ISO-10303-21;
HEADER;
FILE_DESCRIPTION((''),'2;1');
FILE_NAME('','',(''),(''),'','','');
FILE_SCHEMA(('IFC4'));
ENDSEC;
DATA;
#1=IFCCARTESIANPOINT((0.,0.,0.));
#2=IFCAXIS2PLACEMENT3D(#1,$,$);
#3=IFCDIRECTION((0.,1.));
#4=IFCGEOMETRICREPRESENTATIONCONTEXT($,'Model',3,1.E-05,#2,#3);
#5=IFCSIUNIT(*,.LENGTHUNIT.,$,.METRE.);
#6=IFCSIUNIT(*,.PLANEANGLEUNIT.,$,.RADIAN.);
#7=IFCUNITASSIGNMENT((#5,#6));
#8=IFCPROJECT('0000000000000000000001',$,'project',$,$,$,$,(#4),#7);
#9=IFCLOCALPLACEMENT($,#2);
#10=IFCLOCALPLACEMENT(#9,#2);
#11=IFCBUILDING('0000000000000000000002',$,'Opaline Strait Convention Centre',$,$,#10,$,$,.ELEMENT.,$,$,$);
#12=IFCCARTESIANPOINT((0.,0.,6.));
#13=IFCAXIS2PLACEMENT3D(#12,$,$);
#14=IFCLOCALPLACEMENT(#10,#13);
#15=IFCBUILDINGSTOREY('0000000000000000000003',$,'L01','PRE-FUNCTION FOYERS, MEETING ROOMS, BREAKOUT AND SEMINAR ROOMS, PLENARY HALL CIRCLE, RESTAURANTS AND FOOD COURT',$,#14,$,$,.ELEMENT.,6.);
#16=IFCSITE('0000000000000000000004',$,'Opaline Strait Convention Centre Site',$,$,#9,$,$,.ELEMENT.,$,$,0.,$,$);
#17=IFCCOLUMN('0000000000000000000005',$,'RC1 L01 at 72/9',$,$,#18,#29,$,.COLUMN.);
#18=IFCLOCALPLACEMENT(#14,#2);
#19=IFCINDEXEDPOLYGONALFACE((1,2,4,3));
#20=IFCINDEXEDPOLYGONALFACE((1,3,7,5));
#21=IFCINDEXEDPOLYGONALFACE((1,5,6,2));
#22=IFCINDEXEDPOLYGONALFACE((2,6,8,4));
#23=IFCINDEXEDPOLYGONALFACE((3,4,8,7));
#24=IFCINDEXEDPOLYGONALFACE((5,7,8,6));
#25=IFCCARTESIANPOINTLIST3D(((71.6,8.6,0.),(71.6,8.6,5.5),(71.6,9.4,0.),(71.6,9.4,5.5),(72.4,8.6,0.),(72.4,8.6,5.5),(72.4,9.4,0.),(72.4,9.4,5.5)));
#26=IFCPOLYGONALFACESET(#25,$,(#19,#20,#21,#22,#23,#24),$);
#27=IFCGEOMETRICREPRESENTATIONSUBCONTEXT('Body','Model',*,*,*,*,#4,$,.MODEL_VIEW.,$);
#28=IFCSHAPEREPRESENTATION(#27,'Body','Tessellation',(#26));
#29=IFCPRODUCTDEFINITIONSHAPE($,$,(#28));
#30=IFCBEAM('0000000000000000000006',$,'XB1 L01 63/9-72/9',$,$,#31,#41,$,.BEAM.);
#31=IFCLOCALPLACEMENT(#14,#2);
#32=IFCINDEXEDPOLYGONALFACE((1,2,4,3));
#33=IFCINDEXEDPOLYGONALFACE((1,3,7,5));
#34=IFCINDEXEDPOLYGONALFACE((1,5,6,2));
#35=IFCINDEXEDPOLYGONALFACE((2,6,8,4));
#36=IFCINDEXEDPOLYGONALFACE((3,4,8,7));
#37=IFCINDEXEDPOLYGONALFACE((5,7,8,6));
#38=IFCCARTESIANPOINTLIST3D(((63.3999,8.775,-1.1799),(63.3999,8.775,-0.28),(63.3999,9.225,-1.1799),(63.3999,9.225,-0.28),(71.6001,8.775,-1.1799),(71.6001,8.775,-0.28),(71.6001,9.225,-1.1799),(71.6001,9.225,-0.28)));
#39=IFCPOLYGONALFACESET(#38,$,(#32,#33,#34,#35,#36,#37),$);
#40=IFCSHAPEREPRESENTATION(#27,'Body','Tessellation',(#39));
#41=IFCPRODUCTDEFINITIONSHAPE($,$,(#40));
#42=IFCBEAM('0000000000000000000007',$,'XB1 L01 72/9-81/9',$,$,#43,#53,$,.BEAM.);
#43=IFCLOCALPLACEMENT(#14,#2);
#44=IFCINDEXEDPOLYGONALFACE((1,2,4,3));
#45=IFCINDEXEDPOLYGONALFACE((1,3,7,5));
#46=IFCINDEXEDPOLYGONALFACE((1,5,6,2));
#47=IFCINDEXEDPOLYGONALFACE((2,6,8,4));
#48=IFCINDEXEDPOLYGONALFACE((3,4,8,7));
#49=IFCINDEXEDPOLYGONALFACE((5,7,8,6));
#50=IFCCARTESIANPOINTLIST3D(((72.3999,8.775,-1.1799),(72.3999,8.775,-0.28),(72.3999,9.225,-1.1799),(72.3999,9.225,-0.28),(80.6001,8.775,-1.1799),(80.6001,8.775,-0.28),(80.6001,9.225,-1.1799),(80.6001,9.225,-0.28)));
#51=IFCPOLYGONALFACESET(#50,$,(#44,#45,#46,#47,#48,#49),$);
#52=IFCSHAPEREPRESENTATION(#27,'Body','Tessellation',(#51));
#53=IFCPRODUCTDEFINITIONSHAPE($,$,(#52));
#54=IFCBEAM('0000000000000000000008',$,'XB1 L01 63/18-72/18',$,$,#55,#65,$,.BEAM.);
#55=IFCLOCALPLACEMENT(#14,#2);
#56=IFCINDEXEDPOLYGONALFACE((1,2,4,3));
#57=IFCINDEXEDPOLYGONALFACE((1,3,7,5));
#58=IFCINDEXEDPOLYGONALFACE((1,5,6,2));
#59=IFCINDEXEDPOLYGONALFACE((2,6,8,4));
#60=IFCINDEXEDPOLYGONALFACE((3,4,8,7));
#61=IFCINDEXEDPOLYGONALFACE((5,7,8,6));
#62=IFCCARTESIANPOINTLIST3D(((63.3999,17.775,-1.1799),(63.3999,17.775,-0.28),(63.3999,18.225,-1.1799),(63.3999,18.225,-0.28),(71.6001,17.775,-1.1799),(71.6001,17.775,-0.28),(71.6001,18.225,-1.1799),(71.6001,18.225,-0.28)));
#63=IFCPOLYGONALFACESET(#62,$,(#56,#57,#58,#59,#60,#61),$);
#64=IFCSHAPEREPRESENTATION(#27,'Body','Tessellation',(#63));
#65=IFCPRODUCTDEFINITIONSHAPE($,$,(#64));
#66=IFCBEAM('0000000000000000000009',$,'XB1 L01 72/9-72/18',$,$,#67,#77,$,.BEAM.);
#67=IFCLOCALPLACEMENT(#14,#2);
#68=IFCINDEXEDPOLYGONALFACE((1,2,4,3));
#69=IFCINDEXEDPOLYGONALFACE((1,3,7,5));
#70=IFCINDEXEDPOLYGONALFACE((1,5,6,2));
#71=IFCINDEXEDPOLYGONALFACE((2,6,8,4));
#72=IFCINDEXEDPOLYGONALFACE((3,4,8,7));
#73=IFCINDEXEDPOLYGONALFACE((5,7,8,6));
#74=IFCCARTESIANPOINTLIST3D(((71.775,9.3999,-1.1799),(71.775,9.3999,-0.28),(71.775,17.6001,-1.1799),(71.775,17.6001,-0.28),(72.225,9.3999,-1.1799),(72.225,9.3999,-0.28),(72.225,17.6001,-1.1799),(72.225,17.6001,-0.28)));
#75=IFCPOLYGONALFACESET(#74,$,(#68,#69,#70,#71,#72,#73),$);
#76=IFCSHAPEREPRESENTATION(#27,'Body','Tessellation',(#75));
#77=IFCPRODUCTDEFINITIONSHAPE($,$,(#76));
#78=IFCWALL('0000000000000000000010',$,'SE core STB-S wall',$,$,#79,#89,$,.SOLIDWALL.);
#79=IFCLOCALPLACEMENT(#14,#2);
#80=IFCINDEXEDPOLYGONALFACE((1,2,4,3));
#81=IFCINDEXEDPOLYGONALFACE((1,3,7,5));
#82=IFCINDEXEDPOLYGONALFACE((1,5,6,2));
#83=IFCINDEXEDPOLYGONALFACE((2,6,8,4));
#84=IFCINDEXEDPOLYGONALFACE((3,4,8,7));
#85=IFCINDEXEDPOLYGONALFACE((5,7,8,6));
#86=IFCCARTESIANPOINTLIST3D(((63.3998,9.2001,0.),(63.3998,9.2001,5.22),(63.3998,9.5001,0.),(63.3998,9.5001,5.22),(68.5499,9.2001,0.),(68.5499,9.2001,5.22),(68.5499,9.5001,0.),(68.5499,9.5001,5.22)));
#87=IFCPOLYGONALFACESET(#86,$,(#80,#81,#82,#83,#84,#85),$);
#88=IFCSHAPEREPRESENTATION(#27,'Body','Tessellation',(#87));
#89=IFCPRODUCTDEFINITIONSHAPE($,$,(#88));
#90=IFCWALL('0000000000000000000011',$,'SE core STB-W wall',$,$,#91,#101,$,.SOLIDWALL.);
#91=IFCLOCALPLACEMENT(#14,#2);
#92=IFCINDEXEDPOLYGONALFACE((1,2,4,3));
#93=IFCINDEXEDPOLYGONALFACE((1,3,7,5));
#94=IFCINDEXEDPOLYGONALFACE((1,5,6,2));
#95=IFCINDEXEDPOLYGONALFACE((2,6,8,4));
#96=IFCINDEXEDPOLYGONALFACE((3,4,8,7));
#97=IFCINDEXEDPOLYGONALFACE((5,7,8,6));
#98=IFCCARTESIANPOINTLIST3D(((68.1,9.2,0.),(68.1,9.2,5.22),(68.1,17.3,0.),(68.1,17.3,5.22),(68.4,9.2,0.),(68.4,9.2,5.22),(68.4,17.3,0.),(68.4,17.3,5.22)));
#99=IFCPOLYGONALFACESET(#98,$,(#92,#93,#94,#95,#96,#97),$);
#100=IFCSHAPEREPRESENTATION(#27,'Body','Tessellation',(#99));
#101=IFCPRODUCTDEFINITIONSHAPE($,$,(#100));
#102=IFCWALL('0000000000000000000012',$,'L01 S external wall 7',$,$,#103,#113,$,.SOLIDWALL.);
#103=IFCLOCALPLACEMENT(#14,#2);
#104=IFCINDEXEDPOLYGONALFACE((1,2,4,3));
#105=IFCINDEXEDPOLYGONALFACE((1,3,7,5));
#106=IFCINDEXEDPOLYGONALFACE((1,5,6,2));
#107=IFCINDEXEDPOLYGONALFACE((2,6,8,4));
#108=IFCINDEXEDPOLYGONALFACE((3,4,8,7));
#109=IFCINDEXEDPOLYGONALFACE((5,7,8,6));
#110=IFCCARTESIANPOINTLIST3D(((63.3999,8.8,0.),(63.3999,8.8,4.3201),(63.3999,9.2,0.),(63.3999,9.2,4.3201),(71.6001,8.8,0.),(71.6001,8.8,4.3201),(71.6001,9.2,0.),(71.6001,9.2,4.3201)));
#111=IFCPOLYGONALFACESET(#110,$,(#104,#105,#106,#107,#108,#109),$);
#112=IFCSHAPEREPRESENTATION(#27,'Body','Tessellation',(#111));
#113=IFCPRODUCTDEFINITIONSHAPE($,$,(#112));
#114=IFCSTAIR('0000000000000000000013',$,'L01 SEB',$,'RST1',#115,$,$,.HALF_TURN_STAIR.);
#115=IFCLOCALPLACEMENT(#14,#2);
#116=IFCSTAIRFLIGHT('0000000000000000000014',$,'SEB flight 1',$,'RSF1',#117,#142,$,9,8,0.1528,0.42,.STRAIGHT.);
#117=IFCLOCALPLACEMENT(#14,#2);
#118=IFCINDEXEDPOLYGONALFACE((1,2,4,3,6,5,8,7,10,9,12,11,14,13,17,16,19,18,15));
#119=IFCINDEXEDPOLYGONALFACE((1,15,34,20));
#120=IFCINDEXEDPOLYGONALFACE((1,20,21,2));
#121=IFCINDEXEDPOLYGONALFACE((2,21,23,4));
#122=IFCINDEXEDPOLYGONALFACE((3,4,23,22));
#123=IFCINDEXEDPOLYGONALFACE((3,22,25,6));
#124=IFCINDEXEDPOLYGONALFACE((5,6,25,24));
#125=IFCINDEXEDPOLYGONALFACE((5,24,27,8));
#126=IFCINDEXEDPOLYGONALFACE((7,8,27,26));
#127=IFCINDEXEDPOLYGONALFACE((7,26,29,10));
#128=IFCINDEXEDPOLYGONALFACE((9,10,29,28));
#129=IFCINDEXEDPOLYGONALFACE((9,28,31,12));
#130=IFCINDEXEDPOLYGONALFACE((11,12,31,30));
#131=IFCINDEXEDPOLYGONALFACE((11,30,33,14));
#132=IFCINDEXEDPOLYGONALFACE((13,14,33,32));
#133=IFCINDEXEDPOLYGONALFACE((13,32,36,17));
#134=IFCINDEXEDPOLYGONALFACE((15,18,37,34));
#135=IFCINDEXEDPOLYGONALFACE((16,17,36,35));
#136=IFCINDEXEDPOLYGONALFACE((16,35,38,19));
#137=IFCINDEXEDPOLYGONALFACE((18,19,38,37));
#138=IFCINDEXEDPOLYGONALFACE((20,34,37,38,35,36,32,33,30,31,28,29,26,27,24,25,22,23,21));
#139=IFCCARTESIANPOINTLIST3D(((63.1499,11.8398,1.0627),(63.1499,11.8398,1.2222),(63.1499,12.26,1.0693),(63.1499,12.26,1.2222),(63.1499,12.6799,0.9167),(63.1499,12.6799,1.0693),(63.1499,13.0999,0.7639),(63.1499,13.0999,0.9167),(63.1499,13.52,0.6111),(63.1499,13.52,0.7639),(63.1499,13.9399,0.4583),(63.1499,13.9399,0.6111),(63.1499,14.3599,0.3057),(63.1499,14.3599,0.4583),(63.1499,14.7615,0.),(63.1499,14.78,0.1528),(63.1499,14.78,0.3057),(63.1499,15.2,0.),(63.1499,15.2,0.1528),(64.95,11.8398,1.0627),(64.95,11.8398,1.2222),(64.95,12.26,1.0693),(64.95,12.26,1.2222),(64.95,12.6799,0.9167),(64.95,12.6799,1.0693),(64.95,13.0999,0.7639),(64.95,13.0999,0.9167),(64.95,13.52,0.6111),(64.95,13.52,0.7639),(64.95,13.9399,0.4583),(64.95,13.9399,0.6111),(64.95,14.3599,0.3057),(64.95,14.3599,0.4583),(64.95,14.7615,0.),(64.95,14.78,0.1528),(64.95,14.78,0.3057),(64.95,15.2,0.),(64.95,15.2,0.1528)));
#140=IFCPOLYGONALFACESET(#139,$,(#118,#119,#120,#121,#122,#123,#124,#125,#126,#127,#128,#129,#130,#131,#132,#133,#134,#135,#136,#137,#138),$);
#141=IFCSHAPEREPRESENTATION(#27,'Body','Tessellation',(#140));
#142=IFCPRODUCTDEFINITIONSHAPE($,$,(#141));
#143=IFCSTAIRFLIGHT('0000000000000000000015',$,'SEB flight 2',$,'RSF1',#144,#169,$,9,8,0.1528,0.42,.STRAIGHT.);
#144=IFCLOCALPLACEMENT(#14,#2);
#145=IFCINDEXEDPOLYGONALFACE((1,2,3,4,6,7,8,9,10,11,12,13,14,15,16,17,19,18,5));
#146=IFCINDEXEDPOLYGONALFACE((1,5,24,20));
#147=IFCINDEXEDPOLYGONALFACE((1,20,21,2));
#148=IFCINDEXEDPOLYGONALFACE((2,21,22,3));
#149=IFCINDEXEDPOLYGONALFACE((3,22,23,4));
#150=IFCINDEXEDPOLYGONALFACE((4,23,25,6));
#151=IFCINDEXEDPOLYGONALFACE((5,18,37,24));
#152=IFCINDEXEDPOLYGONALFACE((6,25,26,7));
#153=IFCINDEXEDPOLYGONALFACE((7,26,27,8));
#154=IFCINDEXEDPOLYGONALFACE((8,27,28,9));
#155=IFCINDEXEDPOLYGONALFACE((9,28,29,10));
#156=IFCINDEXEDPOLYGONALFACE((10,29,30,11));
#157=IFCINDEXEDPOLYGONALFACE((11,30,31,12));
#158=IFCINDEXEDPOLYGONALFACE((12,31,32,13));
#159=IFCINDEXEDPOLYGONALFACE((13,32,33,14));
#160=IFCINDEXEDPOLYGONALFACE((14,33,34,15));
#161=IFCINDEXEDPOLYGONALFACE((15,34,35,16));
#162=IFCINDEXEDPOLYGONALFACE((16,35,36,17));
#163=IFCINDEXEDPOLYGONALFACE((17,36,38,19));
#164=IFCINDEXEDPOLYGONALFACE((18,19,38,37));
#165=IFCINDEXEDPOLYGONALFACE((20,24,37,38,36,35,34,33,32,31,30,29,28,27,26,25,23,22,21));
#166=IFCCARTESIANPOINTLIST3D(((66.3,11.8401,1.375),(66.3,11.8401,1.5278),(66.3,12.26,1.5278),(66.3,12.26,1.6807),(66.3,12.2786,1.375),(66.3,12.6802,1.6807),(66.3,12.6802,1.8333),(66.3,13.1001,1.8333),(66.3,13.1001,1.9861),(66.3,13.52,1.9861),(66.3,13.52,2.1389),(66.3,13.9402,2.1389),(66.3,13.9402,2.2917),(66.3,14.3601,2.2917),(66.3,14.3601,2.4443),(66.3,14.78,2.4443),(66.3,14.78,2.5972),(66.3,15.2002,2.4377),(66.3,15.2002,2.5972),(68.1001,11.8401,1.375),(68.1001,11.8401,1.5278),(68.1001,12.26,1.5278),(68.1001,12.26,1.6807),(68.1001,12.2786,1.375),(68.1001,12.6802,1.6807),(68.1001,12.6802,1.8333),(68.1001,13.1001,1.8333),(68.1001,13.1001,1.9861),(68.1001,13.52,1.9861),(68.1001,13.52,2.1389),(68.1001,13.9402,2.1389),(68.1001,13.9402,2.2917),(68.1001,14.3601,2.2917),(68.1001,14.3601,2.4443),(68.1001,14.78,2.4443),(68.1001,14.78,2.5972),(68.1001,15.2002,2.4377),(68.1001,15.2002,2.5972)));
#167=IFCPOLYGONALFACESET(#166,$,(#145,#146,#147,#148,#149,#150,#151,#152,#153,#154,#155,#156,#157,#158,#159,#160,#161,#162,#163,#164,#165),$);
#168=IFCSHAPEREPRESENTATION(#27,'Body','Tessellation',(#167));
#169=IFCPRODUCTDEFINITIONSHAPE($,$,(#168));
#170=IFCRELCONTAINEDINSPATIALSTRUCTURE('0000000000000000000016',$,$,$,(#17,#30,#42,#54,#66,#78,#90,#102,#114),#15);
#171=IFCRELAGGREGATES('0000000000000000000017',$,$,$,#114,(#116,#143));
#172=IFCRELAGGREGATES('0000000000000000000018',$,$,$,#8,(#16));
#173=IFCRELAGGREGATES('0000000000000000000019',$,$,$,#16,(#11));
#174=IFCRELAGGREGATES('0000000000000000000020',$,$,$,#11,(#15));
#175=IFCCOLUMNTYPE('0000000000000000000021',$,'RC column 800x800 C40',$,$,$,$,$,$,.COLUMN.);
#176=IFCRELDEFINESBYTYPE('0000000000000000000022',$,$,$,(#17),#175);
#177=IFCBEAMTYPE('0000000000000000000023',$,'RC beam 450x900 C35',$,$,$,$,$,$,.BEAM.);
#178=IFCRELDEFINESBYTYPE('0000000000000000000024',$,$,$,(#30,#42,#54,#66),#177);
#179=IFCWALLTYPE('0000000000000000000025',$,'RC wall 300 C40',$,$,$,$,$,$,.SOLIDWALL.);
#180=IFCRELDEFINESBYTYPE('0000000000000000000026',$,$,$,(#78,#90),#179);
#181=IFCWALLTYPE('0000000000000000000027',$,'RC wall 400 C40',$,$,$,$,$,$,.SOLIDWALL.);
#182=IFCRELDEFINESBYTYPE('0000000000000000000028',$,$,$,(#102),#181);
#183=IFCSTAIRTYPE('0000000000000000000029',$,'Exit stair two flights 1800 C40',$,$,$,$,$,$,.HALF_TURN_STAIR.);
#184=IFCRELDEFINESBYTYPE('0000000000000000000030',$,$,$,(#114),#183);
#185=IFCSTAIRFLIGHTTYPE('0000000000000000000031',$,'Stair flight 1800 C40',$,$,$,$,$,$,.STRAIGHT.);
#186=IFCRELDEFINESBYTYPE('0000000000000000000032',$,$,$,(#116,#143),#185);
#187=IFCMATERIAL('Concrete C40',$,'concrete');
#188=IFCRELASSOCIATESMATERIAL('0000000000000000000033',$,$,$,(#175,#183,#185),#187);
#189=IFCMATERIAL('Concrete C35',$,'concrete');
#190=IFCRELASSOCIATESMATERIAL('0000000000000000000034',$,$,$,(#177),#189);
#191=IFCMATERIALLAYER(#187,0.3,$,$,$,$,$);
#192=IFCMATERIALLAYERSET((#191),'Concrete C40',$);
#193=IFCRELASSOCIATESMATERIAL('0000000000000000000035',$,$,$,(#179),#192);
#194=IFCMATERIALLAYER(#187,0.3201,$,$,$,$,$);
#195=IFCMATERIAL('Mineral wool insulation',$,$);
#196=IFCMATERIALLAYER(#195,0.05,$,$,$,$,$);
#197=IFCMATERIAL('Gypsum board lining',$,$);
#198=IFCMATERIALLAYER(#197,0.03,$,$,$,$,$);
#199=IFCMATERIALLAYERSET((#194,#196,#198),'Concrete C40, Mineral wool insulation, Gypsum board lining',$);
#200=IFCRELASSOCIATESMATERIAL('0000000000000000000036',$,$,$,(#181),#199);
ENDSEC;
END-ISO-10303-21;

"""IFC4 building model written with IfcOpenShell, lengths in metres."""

from ifc_helpers import new_model, si_unit, direction, frame, frame_2d, origin, origin_2d, place, context, subcontext, project, spatial, polyline, rectangle, outline, extrude, material, layer, layer_set, material_profile, profile_set, type_object, element, aggregate, save


model = new_model("IFC4")

# Units and contexts
model_context = context("Model", 3, precision=1e-05, world=origin(), true_north=direction((0.0, 1.0)))
body_context = subcontext(model_context, "Body", "Model", "MODEL_VIEW")
ifc_project = project(units=[si_unit("LENGTHUNIT", "METRE"), si_unit("PLANEANGLEUNIT", "RADIAN")], contexts=[model_context])

# Site, building, storey
site_placement = place(None, origin())
site = spatial("IfcSite", under=ifc_project, at=site_placement, Name="Opaline Strait Convention Centre Site", CompositionType="ELEMENT", RefElevation=0.0)
building_placement = place(site_placement, origin())
building = spatial("IfcBuilding", under=site, at=building_placement, Name="Opaline Strait Convention Centre", CompositionType="ELEMENT")
storey_placement = place(building_placement, frame((0.0, 0.0, 6.0)))
storey = spatial("IfcBuildingStorey", under=building, at=storey_placement, Name="L01", Description="PRE-FUNCTION FOYERS, MEETING ROOMS, BREAKOUT AND SEMINAR ROOMS, PLENARY HALL CIRCLE, RESTAURANTS AND FOOD COURT", CompositionType="ELEMENT", Elevation=6.0)

# Column
ifc_material_1 = material(Name="Concrete C40", Category="concrete")
ifc_material_profile_1 = material_profile(ifc_material_1, rectangle(XDim=0.8, YDim=0.8, at=origin_2d()), Name="RC 800x800")
ifc_profile_set_1 = profile_set([ifc_material_profile_1], Name="Concrete C40")
column_type = type_object("IfcColumnType", Name="RC column 800x800 C40", PredefinedType="COLUMN", material=ifc_profile_set_1)
column_placement = place(storey_placement, frame((72.0, 9.0, 0.0), z_axis=(0.0, 0.0, 1.0), x_axis=(1.0, 0.0, 0.0)))
element("IfcColumn", 1, at=column_placement, inside=storey, type_object=column_type, Name="RC1 L01 at 72/9", PredefinedType="COLUMN", context=body_context, shape_type="SweptSolid", body=[
    extrude(rectangle(XDim=0.8, YDim=0.8, at=origin_2d()), origin(), (0.0, 0.0, 1.0), 5.5),
])

# Beams
ifc_material_2 = material(Name="Concrete C35", Category="concrete")
ifc_material_profile_2 = material_profile(ifc_material_2, rectangle(XDim=0.45, YDim=0.8999, at=origin_2d()), Name="RC 450x900")
ifc_profile_set_2 = profile_set([ifc_material_profile_2], Name="Concrete C35")
beam_type = type_object("IfcBeamType", Name="RC beam 450x900 C35", PredefinedType="BEAM", material=ifc_profile_set_2)
for number, where, z_axis, x_axis, name in (
    (2, (63.3999, 9.0, -0.73), (1.0, 0.0, 0.0), (0.0, 1.0, 0.0), "XB1 L01 63/9-72/9"),
    (3, (72.3999, 9.0, -0.73), (1.0, 0.0, 0.0), (0.0, 1.0, 0.0), "XB1 L01 72/9-81/9"),
    (4, (63.3999, 18.0, -0.73), (1.0, 0.0, 0.0), (0.0, 1.0, 0.0), "XB1 L01 63/18-72/18"),
    (5, (72.0, 9.3999, -0.73), (0.0, 1.0, 0.0), (-1.0, 0.0, 0.0), "XB1 L01 72/9-72/18"),
):
    element("IfcBeam", number, at=place(storey_placement, frame(where, z_axis=z_axis, x_axis=x_axis)), inside=storey, type_object=beam_type, Name=name, PredefinedType="BEAM", context=body_context, shape_type="SweptSolid", body=[
        extrude(rectangle(XDim=0.45, YDim=0.8999, at=origin_2d()), origin(), (0.0, 0.0, 1.0), 8.2002),
    ])

# Wall
ifc_layer_1 = layer(ifc_material_1, 0.3)
ifc_layer_set_1 = layer_set([ifc_layer_1], Name="Concrete C40")
wall_type_1 = type_object("IfcWallType", Name="RC wall 300 C40", PredefinedType="SOLIDWALL", material=ifc_layer_set_1)
wall_1_placement = place(storey_placement, frame((68.55, 9.3501, 0.0), z_axis=(0.0, 0.0, 1.0), x_axis=(-1.0, 0.0, 0.0)))
element("IfcWall", 6, at=wall_1_placement, inside=storey, type_object=wall_type_1, Name="SE core STB-S wall", PredefinedType="SOLIDWALL", context=body_context, shape_type="SweptSolid", body=[
    extrude(rectangle(XDim=5.1501, YDim=0.3, at=frame_2d((2.5752, 0.0))), origin(), (0.0, 0.0, 1.0), 5.22),
])

# Walls
wall_2_placement = place(storey_placement, frame((68.25, 9.2, 0.0), z_axis=(0.0, 0.0, 1.0), x_axis=(0.0, 1.0, 0.0)))
element("IfcWall", 7, at=wall_2_placement, inside=storey, type_object=wall_type_1, Name="SE core STB-W wall", PredefinedType="SOLIDWALL", context=body_context, shape_type="SweptSolid", body=[
    extrude(rectangle(XDim=8.1001, YDim=0.3, at=frame_2d((4.05, 0.0))), origin(), (0.0, 0.0, 1.0), 5.22),
])
ifc_layer_2 = layer(ifc_material_1, 0.3201)
ifc_material_3 = material(Name="Mineral wool insulation")
ifc_layer_3 = layer(ifc_material_3, 0.05)
ifc_material_4 = material(Name="Gypsum board lining")
ifc_layer_4 = layer(ifc_material_4, 0.03)
ifc_layer_set_2 = layer_set([ifc_layer_2, ifc_layer_3, ifc_layer_4], Name="Concrete C40, Mineral wool insulation, Gypsum board lining")
wall_type_2 = type_object("IfcWallType", Name="RC wall 400 C40", PredefinedType="SOLIDWALL", material=ifc_layer_set_2)
wall_3_placement = place(storey_placement, frame((63.3999, 9.0, 0.0), z_axis=(0.0, 0.0, 1.0), x_axis=(1.0, 0.0, 0.0)))
element("IfcWall", 8, at=wall_3_placement, inside=storey, type_object=wall_type_2, Name="L01 S external wall 7", PredefinedType="SOLIDWALL", context=body_context, shape_type="SweptSolid", body=[
    extrude(rectangle(XDim=8.2002, YDim=0.3999, at=frame_2d((4.1001, 0.0))), origin(), (0.0, 0.0, 1.0), 4.3201),
])

# Stair, stair flights
stair_type = type_object("IfcStairType", Name="Exit stair two flights 1800 C40", PredefinedType="HALF_TURN_STAIR", material=ifc_material_1)
stair_placement = place(storey_placement, origin())
stair = element("IfcStair", 9, at=stair_placement, inside=storey, type_object=stair_type, Name="L01 SEB", ObjectType="RST1", PredefinedType="HALF_TURN_STAIR")
stair_flight_type = type_object("IfcStairFlightType", Name="Stair flight 1800 C40", PredefinedType="STRAIGHT", material=ifc_material_1)
stair_flight_1_placement = place(storey_placement, frame((64.05, 15.2, 0.0), z_axis=(0.0, 0.0, 1.0), x_axis=(0.0, -1.0, 0.0)))
stair_flight_1 = element("IfcStairFlight", 10, at=stair_flight_1_placement, type_object=stair_flight_type, Name="SEB flight 1", ObjectType="RSF1", NumberOfRisers=9, NumberOfTreads=8, PredefinedType="STRAIGHT", RiserHeight=0.1528, TreadLength=0.42, context=body_context, shape_type="SweptSolid", body=[
    extrude(outline(polyline([(0.0, 0.0), (0.0, 0.1528), (0.4199, 0.1528), (0.4199, 0.3057), (0.8401, 0.3057), (0.8401, 0.4583), (1.26, 0.4583), (1.26, 0.6111), (1.6799, 0.6111), (1.6799, 0.7639), (2.1001, 0.7639), (2.1001, 0.9167), (2.52, 0.9167), (2.52, 1.0693), (2.9399, 1.0693), (2.9399, 1.2222), (3.3601, 1.2222), (3.3601, 1.375), (3.3601, 1.0627), (0.4385, 0.0), (0.0, 0.0)])), frame((0.0, 0.8999, 0.0), z_axis=(0.0, -1.0, 0.0), x_axis=(1.0, 0.0, 0.0)), (0.0, 0.0, 1.0), 1.8),
])
stair_flight_2_placement = place(storey_placement, frame((67.2, 11.8401, 1.375), z_axis=(0.0, 0.0, 1.0), x_axis=(0.0, 1.0, 0.0)))
stair_flight_2 = element("IfcStairFlight", 11, at=stair_flight_2_placement, type_object=stair_flight_type, Name="SEB flight 2", ObjectType="RSF1", NumberOfRisers=9, NumberOfTreads=8, PredefinedType="STRAIGHT", RiserHeight=0.1528, TreadLength=0.42, context=body_context, shape_type="SweptSolid", body=[
    extrude(outline(polyline([(0.0, 0.0), (0.0, 0.1528), (0.4199, 0.1528), (0.4199, 0.3057), (0.8401, 0.3057), (0.8401, 0.4583), (1.26, 0.4583), (1.26, 0.6111), (1.6799, 0.6111), (1.6799, 0.7639), (2.1001, 0.7639), (2.1001, 0.9167), (2.52, 0.9167), (2.52, 1.0693), (2.9399, 1.0693), (2.9399, 1.2222), (3.3601, 1.2222), (3.3601, 1.375), (3.3601, 1.0627), (0.4385, 0.0), (0.0, 0.0)])), frame((0.0, 0.8999, 0.0), z_axis=(0.0, -1.0, 0.0), x_axis=(1.0, 0.0, 0.0)), (0.0, 0.0, 1.0), 1.8),
])
aggregate(stair, [stair_flight_1, stair_flight_2])

save(model, "model.ifc")
